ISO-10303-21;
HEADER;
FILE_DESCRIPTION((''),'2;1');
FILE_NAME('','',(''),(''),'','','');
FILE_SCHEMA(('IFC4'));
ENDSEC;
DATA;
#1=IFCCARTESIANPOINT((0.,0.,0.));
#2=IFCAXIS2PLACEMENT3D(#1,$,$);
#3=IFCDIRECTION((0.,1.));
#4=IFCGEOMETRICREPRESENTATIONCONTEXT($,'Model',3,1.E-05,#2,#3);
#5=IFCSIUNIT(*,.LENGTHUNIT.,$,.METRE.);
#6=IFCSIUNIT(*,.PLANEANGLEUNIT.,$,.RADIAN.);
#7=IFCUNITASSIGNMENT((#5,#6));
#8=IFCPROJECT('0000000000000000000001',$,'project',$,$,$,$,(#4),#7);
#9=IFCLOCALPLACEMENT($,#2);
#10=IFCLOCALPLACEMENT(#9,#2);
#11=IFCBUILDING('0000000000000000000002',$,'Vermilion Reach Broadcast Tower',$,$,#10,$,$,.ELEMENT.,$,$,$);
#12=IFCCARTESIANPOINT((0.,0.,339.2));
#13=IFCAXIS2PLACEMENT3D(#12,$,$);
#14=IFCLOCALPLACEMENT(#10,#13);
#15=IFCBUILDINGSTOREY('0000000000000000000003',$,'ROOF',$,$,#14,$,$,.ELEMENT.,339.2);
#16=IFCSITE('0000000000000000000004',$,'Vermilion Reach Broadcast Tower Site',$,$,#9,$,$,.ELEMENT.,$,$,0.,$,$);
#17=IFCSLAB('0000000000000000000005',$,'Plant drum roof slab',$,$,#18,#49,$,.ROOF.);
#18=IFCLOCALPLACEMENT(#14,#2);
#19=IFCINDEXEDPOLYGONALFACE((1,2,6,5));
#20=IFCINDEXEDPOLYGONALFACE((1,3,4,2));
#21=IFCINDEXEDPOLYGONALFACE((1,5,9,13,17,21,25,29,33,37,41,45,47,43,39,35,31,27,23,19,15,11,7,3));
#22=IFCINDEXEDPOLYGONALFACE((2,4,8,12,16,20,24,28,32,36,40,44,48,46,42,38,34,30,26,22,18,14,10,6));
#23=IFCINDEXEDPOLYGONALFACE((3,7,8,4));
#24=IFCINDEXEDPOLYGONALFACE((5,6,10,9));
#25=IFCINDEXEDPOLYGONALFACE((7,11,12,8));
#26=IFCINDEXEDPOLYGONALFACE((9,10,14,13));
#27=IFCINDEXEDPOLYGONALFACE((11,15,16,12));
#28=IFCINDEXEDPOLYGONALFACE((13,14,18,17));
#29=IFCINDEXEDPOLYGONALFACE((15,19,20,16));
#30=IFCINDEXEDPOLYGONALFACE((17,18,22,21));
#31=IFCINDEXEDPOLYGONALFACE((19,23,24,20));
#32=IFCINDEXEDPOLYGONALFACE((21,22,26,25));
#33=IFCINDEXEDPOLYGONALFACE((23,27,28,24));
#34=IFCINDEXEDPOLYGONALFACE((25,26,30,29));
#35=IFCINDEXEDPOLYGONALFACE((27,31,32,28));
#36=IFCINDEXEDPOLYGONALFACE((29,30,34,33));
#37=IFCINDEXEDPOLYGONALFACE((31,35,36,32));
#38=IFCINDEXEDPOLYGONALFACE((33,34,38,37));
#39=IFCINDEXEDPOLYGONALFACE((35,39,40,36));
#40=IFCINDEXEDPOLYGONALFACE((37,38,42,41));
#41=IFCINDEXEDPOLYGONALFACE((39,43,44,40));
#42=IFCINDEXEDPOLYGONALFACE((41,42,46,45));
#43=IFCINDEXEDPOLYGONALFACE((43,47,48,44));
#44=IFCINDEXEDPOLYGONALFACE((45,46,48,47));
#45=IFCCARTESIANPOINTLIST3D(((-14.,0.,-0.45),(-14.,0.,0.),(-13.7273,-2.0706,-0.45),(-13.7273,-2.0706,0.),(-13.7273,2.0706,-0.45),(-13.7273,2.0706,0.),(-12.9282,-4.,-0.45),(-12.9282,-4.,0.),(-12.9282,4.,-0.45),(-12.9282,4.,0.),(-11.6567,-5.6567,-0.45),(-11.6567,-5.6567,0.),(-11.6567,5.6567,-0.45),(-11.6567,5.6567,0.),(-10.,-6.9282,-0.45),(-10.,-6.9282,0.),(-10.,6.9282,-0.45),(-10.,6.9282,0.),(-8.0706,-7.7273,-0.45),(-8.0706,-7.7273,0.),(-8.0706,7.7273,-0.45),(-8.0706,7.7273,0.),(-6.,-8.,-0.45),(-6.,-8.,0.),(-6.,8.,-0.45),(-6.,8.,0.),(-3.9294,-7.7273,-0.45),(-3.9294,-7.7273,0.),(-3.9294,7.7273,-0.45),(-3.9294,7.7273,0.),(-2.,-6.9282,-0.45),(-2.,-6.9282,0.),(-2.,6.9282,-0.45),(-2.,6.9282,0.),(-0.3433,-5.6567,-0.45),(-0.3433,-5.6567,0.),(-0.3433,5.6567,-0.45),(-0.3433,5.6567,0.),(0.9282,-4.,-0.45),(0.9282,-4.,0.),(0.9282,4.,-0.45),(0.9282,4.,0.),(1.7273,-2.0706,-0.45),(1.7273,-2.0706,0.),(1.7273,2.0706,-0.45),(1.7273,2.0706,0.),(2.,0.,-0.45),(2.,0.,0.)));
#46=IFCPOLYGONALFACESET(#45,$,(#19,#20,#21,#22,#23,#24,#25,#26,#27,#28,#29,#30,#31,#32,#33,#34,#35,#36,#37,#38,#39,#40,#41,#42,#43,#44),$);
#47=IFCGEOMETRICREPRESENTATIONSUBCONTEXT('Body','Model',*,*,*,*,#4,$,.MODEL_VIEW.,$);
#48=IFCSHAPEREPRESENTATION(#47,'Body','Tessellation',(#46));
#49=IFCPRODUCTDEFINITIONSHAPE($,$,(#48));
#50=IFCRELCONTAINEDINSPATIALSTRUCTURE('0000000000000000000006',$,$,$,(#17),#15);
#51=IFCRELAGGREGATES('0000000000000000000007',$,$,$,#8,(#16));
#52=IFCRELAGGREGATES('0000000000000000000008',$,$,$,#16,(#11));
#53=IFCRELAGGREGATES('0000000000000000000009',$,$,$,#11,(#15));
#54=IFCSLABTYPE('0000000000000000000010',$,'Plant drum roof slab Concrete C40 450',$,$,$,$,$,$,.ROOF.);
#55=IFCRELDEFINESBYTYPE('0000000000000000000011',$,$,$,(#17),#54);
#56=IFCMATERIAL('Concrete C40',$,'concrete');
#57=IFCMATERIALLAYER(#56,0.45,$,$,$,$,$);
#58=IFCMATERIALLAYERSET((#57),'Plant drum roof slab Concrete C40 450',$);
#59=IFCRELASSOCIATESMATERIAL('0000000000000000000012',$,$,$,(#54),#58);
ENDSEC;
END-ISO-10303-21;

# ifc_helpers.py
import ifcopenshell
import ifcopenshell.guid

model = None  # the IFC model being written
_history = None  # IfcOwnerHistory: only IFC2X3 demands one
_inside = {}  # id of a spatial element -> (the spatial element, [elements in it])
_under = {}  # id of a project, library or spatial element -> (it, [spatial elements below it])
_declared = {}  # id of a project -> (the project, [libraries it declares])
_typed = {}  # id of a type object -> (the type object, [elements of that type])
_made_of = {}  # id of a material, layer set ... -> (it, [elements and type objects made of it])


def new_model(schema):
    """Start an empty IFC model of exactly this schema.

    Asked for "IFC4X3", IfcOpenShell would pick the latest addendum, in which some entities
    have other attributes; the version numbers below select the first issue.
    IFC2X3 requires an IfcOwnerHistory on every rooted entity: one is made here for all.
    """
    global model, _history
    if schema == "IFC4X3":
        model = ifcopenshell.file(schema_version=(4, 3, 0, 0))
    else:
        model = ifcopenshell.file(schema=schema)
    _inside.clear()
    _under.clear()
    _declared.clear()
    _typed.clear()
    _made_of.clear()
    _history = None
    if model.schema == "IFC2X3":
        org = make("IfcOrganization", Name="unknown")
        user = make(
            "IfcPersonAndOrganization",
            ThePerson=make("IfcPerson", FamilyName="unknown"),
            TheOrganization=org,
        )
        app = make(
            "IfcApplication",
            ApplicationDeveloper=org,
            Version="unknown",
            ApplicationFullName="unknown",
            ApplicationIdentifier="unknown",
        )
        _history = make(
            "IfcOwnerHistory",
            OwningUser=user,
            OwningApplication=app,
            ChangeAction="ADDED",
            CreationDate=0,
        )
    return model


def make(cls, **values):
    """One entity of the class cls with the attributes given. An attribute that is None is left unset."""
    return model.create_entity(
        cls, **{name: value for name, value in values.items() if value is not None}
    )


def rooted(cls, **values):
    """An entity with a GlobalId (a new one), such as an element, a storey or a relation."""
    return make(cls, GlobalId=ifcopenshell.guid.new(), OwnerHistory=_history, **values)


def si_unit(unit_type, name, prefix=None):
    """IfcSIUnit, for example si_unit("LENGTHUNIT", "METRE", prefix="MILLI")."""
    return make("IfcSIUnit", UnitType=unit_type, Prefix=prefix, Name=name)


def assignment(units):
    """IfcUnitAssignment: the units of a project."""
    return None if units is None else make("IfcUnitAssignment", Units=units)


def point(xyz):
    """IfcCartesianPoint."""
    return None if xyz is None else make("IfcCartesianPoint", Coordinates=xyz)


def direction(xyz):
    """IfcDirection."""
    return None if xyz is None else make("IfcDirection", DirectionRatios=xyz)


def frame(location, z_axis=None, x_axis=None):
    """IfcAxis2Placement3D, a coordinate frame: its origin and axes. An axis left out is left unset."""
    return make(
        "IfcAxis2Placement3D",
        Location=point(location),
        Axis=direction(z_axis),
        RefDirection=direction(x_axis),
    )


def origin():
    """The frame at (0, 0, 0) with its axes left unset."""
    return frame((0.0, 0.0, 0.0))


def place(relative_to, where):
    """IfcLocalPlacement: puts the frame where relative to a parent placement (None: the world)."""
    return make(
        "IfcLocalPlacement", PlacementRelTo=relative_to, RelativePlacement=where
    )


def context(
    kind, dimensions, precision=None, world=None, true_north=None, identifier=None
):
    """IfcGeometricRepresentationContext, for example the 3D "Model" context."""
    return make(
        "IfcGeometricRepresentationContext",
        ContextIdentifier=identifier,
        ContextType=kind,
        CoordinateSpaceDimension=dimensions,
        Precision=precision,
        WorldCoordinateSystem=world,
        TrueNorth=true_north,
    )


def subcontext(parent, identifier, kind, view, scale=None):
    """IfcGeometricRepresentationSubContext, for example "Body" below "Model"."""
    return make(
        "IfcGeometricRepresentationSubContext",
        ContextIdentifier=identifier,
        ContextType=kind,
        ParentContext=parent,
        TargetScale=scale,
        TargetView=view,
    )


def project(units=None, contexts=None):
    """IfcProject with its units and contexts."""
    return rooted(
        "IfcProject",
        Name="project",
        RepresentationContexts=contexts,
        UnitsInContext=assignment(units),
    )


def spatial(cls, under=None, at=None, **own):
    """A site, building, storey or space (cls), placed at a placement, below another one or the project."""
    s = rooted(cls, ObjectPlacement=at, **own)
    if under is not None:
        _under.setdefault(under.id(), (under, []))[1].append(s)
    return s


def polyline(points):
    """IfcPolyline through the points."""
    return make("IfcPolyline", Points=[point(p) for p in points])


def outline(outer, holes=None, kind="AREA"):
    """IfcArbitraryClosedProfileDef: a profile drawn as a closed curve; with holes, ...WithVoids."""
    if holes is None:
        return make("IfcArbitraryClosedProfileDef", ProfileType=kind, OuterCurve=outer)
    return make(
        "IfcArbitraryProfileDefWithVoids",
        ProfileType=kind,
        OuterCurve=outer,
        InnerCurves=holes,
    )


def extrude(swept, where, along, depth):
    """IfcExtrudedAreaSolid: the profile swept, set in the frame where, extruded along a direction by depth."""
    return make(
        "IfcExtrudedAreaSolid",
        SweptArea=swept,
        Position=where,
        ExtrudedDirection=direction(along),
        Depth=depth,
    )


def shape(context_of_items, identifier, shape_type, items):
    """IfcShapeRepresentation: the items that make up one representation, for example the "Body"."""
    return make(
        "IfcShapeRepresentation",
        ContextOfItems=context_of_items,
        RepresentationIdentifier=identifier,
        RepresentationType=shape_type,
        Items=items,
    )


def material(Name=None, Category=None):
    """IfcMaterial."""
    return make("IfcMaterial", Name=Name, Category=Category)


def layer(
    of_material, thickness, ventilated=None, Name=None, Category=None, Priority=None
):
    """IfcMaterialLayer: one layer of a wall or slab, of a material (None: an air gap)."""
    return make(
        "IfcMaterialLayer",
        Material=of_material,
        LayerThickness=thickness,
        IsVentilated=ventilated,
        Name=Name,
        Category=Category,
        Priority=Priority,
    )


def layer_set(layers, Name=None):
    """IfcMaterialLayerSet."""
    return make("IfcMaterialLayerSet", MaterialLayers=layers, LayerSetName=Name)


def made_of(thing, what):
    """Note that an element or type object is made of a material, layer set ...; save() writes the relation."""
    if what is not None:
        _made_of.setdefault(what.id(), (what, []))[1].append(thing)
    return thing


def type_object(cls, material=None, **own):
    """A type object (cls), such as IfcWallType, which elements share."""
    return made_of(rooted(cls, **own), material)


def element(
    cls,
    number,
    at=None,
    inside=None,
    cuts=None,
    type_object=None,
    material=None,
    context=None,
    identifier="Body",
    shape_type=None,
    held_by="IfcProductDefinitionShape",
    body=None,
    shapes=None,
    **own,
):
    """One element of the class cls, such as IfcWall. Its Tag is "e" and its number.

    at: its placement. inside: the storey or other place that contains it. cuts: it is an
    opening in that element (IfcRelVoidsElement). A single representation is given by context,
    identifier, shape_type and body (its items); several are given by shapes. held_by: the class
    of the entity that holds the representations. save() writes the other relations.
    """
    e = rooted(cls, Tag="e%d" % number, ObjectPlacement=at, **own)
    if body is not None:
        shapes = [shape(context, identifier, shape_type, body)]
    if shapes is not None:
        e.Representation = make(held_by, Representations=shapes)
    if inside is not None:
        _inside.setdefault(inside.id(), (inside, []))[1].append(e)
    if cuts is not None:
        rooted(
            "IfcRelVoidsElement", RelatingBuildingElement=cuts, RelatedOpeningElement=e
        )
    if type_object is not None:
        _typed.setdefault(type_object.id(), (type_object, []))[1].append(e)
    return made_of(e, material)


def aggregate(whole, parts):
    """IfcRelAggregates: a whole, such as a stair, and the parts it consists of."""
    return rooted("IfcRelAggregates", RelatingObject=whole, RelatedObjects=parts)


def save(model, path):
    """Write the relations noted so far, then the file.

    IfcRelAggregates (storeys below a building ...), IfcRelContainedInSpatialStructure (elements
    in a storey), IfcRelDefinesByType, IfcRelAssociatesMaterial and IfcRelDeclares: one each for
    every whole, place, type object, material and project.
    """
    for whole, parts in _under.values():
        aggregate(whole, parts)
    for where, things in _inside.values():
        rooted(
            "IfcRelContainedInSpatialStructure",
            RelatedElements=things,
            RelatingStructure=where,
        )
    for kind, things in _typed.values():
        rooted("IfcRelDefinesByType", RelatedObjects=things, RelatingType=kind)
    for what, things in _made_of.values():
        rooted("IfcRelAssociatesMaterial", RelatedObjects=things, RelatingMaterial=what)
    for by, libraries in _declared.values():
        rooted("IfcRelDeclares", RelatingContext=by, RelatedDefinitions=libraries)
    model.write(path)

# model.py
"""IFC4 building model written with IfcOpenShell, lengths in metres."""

from ifc_helpers import new_model, si_unit, direction, frame, origin, place, context, subcontext, project, spatial, polyline, outline, extrude, material, layer, layer_set, type_object, element, save


model = new_model("IFC4")

# Units and contexts
model_context = context("Model", 3, precision=1e-05, world=origin(), true_north=direction((0.0, 1.0)))
body_context = subcontext(model_context, "Body", "Model", "MODEL_VIEW")
ifc_project = project(units=[si_unit("LENGTHUNIT", "METRE"), si_unit("PLANEANGLEUNIT", "RADIAN")], contexts=[model_context])

# Site, building, storey
site_placement = place(None, origin())
site = spatial("IfcSite", under=ifc_project, at=site_placement, Name="Vermilion Reach Broadcast Tower Site", CompositionType="ELEMENT", RefElevation=0.0)
building_placement = place(site_placement, origin())
building = spatial("IfcBuilding", under=site, at=building_placement, Name="Vermilion Reach Broadcast Tower", CompositionType="ELEMENT")
storey_placement = place(building_placement, frame((0.0, 0.0, 339.2)))
storey = spatial("IfcBuildingStorey", under=building, at=storey_placement, Name="ROOF", CompositionType="ELEMENT", Elevation=339.2)

# Slab
ifc_material = material(Name="Concrete C40", Category="concrete")
ifc_layer = layer(ifc_material, 0.45)
ifc_layer_set = layer_set([ifc_layer], Name="Plant drum roof slab Concrete C40 450")
slab_type = type_object("IfcSlabType", Name="Plant drum roof slab Concrete C40 450", PredefinedType="ROOF", material=ifc_layer_set)
slab_placement = place(storey_placement, frame((0.0, 0.0, -0.45)))
element("IfcSlab", 1, at=slab_placement, inside=storey, type_object=slab_type, Name="Plant drum roof slab", PredefinedType="ROOF", context=body_context, shape_type="SweptSolid", body=[
    extrude(outline(polyline([(2.0, 0.0), (1.7273, 2.0706), (0.9282, 4.0), (-0.3433, 5.6567), (-2.0, 6.9282), (-3.9294, 7.7273), (-6.0, 8.0), (-8.0706, 7.7273), (-10.0, 6.9282), (-11.6567, 5.6567), (-12.9282, 4.0), (-13.7273, 2.0706), (-14.0, 0.0), (-13.7273, -2.0706), (-12.9282, -4.0), (-11.6567, -5.6567), (-10.0, -6.9282), (-8.0706, -7.7273), (-6.0, -8.0), (-3.9294, -7.7273), (-2.0, -6.9282), (-0.3433, -5.6567), (0.9282, -4.0), (1.7273, -2.0706), (2.0, 0.0)])), origin(), (0.0, 0.0, 1.0), 0.45),
])

save(model, "model.ifc")
